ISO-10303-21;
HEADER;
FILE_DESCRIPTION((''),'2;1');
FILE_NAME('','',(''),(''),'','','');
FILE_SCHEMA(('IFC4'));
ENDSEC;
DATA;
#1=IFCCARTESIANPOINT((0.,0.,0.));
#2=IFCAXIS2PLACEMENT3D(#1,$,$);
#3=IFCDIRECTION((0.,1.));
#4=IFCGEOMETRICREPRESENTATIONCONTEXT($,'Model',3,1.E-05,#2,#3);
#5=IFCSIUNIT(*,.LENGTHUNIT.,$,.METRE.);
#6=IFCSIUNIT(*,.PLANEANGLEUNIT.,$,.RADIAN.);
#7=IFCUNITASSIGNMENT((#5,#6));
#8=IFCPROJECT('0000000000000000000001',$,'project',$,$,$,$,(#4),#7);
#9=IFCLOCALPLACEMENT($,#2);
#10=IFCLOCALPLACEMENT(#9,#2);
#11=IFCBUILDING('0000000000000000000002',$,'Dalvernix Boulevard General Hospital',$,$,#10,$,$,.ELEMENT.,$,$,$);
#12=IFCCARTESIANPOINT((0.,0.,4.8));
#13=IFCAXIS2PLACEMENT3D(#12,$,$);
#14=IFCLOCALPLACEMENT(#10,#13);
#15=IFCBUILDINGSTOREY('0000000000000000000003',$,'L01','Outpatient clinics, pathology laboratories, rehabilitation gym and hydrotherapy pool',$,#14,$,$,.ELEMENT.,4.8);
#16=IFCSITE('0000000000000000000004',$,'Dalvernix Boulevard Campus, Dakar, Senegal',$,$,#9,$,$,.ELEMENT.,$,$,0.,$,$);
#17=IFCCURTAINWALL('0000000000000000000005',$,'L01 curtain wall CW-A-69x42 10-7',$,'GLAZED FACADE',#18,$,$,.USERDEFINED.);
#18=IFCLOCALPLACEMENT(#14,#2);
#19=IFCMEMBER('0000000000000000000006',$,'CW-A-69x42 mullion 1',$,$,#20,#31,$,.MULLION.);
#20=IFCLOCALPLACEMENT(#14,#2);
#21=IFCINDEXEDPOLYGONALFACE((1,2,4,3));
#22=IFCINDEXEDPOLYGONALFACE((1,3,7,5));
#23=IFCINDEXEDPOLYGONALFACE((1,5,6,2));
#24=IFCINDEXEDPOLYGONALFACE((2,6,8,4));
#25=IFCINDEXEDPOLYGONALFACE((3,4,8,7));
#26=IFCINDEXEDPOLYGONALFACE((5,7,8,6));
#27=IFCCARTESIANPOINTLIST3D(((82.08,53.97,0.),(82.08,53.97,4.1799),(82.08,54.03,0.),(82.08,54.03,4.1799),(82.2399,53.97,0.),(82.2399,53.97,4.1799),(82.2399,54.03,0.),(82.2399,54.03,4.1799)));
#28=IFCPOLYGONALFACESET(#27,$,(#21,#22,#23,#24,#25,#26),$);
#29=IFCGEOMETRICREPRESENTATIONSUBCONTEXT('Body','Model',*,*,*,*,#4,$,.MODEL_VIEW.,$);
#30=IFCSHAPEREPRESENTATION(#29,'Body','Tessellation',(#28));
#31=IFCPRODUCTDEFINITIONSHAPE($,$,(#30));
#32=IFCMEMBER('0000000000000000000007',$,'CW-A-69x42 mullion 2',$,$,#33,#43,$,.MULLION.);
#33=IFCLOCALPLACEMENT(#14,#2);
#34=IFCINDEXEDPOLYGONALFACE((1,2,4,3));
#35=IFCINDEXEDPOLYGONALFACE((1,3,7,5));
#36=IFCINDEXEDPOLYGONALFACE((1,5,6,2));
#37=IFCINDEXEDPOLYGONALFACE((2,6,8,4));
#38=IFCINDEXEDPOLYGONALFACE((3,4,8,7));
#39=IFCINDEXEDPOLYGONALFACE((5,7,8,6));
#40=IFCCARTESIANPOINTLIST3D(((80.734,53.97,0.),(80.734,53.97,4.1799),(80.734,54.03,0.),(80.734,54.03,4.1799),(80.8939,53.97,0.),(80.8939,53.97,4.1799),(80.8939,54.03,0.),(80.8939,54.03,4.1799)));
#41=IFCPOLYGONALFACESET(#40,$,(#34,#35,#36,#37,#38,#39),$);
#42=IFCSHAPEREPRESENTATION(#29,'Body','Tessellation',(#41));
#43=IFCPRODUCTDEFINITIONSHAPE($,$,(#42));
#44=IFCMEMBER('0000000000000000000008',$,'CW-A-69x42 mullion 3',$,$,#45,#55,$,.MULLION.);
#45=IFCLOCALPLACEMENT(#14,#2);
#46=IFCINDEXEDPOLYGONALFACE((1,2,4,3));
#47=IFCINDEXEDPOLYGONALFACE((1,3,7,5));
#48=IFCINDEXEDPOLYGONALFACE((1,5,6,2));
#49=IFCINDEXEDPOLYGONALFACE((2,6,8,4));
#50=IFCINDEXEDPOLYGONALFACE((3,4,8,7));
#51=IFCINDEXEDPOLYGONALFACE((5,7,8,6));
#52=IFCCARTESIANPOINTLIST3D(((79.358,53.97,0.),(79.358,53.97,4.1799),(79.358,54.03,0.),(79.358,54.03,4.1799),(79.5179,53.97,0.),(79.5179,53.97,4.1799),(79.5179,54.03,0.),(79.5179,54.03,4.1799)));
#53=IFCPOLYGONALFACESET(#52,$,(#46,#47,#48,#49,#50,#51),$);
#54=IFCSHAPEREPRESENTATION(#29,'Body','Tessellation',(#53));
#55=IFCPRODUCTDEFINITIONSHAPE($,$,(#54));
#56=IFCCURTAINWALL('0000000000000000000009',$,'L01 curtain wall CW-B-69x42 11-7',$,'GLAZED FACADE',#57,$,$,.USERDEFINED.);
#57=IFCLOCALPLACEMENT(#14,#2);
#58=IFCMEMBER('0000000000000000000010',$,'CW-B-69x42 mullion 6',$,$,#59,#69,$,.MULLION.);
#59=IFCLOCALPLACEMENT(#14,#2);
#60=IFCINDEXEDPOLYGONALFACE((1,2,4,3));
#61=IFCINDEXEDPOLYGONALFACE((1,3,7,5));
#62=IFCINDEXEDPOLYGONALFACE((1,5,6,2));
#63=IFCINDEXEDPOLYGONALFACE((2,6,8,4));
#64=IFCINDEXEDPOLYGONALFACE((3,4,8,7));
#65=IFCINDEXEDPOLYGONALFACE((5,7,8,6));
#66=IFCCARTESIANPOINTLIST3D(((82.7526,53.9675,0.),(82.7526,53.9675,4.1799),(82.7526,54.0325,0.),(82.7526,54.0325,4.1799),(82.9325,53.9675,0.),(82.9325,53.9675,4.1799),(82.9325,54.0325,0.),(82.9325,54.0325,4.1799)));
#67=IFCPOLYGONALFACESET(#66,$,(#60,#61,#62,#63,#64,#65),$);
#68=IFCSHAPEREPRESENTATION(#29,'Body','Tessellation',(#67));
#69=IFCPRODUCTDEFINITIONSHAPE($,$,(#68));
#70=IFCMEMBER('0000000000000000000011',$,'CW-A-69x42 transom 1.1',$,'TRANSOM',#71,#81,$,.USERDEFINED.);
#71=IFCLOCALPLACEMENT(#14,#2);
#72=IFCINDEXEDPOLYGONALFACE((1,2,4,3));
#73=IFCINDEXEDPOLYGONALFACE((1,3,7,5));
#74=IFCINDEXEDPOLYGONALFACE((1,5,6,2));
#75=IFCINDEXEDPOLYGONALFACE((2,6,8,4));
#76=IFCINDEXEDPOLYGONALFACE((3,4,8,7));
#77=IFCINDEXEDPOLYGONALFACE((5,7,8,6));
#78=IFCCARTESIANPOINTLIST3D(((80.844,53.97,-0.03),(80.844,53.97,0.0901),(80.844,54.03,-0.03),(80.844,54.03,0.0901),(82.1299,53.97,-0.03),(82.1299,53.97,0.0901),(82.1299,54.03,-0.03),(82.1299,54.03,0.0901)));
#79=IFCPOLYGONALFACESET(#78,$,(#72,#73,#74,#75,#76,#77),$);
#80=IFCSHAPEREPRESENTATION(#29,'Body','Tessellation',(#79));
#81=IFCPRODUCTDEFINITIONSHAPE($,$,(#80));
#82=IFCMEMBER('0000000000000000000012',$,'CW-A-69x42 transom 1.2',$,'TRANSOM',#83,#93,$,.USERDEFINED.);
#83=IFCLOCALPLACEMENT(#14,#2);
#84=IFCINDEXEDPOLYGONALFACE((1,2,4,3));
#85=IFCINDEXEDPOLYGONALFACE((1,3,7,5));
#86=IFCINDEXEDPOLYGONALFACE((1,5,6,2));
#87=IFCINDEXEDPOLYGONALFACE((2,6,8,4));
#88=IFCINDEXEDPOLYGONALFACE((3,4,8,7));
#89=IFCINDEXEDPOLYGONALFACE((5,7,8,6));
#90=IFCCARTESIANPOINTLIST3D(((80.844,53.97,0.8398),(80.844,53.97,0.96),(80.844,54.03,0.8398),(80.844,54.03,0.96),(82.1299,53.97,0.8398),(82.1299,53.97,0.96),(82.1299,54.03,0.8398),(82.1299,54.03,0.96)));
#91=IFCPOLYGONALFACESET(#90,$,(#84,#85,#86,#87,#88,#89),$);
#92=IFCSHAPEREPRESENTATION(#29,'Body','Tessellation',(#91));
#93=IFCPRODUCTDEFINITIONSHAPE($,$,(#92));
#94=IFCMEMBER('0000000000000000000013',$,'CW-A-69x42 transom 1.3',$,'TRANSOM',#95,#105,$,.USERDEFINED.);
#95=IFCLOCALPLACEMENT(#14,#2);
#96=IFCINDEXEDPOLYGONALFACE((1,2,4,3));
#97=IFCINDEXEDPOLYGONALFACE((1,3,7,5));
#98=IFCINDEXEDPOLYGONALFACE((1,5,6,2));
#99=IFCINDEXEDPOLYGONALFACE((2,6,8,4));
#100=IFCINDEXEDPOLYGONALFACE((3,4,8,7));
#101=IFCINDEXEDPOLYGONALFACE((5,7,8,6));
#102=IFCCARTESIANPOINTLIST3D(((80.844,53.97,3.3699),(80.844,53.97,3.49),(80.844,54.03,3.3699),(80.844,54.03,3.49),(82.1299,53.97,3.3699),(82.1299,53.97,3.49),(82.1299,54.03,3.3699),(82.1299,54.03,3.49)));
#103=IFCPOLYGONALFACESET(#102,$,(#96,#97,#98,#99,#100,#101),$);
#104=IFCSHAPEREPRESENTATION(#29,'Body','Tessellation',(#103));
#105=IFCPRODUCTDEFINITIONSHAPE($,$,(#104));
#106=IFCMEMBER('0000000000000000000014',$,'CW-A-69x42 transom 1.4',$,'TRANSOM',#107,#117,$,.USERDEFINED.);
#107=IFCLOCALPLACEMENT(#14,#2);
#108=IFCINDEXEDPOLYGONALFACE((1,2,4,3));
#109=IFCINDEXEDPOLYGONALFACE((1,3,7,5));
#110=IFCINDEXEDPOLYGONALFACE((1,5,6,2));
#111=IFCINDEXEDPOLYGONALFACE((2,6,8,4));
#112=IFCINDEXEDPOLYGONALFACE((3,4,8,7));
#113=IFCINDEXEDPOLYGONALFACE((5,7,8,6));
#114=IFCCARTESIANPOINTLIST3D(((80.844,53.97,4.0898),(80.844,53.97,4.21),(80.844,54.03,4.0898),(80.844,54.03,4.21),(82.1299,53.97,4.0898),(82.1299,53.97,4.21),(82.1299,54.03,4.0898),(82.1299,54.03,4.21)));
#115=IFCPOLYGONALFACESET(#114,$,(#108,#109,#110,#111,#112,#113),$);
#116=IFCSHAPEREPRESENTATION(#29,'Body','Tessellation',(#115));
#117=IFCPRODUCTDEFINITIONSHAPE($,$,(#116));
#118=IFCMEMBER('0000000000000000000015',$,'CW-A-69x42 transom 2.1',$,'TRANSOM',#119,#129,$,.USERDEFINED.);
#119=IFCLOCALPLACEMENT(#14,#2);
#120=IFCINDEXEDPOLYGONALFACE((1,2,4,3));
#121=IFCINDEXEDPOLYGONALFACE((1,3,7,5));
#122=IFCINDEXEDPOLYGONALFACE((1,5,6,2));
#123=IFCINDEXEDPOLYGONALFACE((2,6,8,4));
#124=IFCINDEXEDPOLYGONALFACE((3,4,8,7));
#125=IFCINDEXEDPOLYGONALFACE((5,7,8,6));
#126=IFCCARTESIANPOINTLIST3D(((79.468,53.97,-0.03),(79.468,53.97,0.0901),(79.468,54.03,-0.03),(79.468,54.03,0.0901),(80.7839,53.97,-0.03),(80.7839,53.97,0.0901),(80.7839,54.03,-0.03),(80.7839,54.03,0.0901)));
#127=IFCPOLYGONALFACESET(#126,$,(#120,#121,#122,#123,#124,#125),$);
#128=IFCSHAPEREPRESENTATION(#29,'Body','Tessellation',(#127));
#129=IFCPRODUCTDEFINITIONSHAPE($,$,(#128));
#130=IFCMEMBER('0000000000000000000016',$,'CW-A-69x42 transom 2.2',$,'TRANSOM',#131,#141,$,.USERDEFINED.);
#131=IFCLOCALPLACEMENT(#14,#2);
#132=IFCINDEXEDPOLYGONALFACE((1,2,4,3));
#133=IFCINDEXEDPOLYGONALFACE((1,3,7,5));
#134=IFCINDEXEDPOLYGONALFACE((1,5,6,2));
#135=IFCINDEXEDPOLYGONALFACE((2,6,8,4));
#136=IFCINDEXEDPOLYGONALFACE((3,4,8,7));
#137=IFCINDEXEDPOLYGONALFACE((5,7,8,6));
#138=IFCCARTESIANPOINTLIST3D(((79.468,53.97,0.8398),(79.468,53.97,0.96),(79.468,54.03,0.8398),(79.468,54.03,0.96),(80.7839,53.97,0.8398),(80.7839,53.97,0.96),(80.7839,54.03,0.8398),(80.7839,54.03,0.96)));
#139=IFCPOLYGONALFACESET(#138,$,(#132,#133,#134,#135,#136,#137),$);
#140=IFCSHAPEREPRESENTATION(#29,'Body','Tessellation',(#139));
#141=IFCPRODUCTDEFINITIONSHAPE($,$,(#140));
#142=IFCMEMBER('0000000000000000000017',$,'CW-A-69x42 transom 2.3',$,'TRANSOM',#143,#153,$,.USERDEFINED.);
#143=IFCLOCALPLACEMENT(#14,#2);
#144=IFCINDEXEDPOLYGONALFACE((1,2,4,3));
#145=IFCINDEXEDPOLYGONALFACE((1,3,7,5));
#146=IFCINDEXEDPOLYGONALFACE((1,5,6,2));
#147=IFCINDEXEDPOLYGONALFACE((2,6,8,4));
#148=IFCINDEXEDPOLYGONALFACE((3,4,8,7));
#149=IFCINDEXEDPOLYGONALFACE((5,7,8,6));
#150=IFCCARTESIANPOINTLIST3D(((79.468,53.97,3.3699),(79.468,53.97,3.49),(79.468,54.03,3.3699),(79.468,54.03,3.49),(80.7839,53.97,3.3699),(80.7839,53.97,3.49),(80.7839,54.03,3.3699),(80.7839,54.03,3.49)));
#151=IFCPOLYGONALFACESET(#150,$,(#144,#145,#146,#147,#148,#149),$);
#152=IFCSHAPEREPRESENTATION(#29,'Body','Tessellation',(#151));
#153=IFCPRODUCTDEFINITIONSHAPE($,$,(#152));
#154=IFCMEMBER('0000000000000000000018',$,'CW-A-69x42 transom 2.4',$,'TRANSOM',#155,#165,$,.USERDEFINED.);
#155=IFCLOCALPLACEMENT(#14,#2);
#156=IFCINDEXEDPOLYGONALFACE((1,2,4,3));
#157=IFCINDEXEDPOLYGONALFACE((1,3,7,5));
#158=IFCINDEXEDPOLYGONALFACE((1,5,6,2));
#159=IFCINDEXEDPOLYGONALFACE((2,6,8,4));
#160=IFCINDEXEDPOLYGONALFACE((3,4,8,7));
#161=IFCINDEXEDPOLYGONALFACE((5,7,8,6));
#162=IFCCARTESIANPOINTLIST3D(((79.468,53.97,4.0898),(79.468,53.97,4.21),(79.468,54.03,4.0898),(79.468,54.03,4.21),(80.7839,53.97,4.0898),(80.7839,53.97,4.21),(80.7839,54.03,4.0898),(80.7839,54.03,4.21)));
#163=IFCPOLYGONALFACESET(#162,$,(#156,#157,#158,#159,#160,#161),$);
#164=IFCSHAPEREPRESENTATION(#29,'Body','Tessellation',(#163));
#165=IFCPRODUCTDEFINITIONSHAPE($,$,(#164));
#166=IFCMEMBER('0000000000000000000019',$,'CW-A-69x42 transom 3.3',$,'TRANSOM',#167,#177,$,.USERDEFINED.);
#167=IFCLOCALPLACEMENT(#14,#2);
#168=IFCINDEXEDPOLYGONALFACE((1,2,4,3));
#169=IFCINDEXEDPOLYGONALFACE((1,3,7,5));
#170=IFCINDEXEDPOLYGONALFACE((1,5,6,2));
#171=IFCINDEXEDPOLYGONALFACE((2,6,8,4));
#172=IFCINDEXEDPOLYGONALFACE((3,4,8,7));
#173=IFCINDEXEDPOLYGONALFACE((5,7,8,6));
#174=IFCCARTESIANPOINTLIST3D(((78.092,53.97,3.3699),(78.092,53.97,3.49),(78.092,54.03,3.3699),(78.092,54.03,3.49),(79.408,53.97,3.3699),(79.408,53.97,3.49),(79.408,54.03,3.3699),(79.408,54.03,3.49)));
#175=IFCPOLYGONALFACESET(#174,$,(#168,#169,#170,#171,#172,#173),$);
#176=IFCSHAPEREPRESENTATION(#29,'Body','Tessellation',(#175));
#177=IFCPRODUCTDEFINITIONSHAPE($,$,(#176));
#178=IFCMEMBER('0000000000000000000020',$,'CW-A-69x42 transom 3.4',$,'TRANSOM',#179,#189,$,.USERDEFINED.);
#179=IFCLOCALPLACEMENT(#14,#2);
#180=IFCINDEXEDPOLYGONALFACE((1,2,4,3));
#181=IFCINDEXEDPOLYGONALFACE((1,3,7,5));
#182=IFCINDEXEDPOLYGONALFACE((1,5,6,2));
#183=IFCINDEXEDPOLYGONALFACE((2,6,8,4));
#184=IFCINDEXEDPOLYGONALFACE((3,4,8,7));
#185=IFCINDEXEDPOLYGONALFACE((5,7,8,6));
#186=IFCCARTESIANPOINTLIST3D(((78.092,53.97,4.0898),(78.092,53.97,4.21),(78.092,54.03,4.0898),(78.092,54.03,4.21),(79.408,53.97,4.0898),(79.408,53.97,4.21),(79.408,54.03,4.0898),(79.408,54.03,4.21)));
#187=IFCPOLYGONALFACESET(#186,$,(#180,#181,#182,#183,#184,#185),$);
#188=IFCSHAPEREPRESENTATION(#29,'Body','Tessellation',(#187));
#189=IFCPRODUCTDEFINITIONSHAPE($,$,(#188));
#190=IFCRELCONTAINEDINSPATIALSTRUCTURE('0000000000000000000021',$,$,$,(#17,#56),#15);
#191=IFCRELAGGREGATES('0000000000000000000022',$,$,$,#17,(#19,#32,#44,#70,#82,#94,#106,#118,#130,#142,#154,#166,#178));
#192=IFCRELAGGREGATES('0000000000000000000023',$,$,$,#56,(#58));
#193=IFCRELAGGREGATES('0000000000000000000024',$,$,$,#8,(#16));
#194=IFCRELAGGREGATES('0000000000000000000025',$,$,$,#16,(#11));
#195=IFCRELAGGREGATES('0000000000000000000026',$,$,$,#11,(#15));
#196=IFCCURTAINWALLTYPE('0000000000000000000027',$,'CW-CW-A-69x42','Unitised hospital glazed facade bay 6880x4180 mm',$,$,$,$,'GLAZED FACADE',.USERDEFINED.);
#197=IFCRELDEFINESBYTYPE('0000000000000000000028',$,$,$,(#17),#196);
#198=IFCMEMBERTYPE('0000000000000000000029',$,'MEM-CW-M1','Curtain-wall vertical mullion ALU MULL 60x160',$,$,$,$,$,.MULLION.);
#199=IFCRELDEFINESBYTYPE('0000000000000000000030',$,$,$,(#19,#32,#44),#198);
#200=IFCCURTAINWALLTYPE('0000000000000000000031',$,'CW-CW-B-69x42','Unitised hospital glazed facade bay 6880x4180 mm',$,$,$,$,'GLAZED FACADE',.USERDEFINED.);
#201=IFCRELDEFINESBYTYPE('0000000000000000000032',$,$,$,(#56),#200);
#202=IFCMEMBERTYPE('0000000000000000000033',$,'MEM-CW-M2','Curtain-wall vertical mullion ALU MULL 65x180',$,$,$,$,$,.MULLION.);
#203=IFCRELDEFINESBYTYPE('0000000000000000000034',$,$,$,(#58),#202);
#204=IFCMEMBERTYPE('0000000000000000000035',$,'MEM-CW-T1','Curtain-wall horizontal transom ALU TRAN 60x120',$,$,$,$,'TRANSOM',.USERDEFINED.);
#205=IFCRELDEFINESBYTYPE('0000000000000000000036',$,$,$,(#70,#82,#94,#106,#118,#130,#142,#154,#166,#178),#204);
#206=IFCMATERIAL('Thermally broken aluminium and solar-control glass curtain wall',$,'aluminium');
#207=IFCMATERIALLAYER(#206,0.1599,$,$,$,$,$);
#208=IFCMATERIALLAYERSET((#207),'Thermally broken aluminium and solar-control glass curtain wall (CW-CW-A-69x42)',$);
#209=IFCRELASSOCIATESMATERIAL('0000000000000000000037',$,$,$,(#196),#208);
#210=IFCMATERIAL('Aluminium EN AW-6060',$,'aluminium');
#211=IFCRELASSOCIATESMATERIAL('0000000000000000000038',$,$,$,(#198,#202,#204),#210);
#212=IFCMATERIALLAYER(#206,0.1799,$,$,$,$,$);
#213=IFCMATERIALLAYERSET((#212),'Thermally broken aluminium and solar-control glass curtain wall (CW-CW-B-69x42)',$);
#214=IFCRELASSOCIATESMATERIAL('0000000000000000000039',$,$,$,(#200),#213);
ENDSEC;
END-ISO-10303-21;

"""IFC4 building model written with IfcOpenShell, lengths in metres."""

from ifc_helpers import new_model, si_unit, direction, frame, origin, origin_2d, place, context, subcontext, project, spatial, rectangle, extrude, material, layer, layer_set, material_profile, profile_set, type_object, element, aggregate, save


model = new_model("IFC4")

# Units and contexts
model_context = context("Model", 3, precision=1e-05, world=origin(), true_north=direction((0.0, 1.0)))
body_context = subcontext(model_context, "Body", "Model", "MODEL_VIEW")
ifc_project = project(units=[si_unit("LENGTHUNIT", "METRE"), si_unit("PLANEANGLEUNIT", "RADIAN")], contexts=[model_context])

# Site, building, storey
site_placement = place(None, origin())
site = spatial("IfcSite", under=ifc_project, at=site_placement, Name="Dalvernix Boulevard Campus, Dakar, Senegal", CompositionType="ELEMENT", RefElevation=0.0)
building_placement = place(site_placement, origin())
building = spatial("IfcBuilding", under=site, at=building_placement, Name="Dalvernix Boulevard General Hospital", CompositionType="ELEMENT")
storey_placement = place(building_placement, frame((0.0, 0.0, 4.8)))
storey = spatial("IfcBuildingStorey", under=building, at=storey_placement, Name="L01", Description="Outpatient clinics, pathology laboratories, rehabilitation gym and hydrotherapy pool", CompositionType="ELEMENT", Elevation=4.8)

# Curtain wall, members
ifc_material_1 = material(Name="Thermally broken aluminium and solar-control glass curtain wall", Category="aluminium")
ifc_layer_1 = layer(ifc_material_1, 0.1599)
ifc_layer_set_1 = layer_set([ifc_layer_1], Name="Thermally broken aluminium and solar-control glass curtain wall (CW-CW-A-69x42)")
curtain_wall_type_1 = type_object("IfcCurtainWallType", Name="CW-CW-A-69x42", Description="Unitised hospital glazed facade bay 6880x4180 mm", ElementType="GLAZED FACADE", PredefinedType="USERDEFINED", material=ifc_layer_set_1)
curtain_wall_1_placement = place(storey_placement, origin())
curtain_wall_1 = element("IfcCurtainWall", 1, at=curtain_wall_1_placement, inside=storey, type_object=curtain_wall_type_1, Name="L01 curtain wall CW-A-69x42 10-7", ObjectType="GLAZED FACADE", PredefinedType="USERDEFINED")
ifc_material_2 = material(Name="Aluminium EN AW-6060", Category="aluminium")
ifc_material_profile_1 = material_profile(ifc_material_2, rectangle(XDim=0.0601, YDim=0.1599, at=origin_2d()), Name="ALU MULL 60x160")
ifc_profile_set_1 = profile_set([ifc_material_profile_1], Name="Aluminium EN AW-6060")
member_type_1 = type_object("IfcMemberType", Name="MEM-CW-M1", Description="Curtain-wall vertical mullion ALU MULL 60x160", PredefinedType="MULLION", material=ifc_profile_set_1)
member_1_placement = place(storey_placement, frame((82.1599, 54.0, 0.0), z_axis=(0.0, 0.0, 1.0), x_axis=(0.0, -1.0, 0.0)))
member_1 = element("IfcMember", 2, at=member_1_placement, type_object=member_type_1, Name="CW-A-69x42 mullion 1", PredefinedType="MULLION", context=body_context, shape_type="SweptSolid", body=[
    extrude(rectangle(XDim=0.0601, YDim=0.1599, at=origin_2d()), origin(), (0.0, 0.0, 1.0), 4.1799),
])
member_2_placement = place(storey_placement, frame((80.814, 54.0, 0.0), z_axis=(0.0, 0.0, 1.0), x_axis=(0.0, -1.0, 0.0)))
member_2 = element("IfcMember", 3, at=member_2_placement, type_object=member_type_1, Name="CW-A-69x42 mullion 2", PredefinedType="MULLION", context=body_context, shape_type="SweptSolid", body=[
    extrude(rectangle(XDim=0.0601, YDim=0.1599, at=origin_2d()), origin(), (0.0, 0.0, 1.0), 4.1799),
])
member_3_placement = place(storey_placement, frame((79.438, 54.0, 0.0), z_axis=(0.0, 0.0, 1.0), x_axis=(0.0, -1.0, 0.0)))
member_3 = element("IfcMember", 4, at=member_3_placement, type_object=member_type_1, Name="CW-A-69x42 mullion 3", PredefinedType="MULLION", context=body_context, shape_type="SweptSolid", body=[
    extrude(rectangle(XDim=0.0601, YDim=0.1599, at=origin_2d()), origin(), (0.0, 0.0, 1.0), 4.1799),
])

# Curtain wall, member
ifc_layer_2 = layer(ifc_material_1, 0.1799)
ifc_layer_set_2 = layer_set([ifc_layer_2], Name="Thermally broken aluminium and solar-control glass curtain wall (CW-CW-B-69x42)")
curtain_wall_type_2 = type_object("IfcCurtainWallType", Name="CW-CW-B-69x42", Description="Unitised hospital glazed facade bay 6880x4180 mm", ElementType="GLAZED FACADE", PredefinedType="USERDEFINED", material=ifc_layer_set_2)
curtain_wall_2_placement = place(storey_placement, origin())
curtain_wall_2 = element("IfcCurtainWall", 5, at=curtain_wall_2_placement, inside=storey, type_object=curtain_wall_type_2, Name="L01 curtain wall CW-B-69x42 11-7", ObjectType="GLAZED FACADE", PredefinedType="USERDEFINED")
ifc_material_profile_2 = material_profile(ifc_material_2, rectangle(XDim=0.0649, YDim=0.1799, at=origin_2d()), Name="ALU MULL 65x180")
ifc_profile_set_2 = profile_set([ifc_material_profile_2], Name="Aluminium EN AW-6060")
member_type_2 = type_object("IfcMemberType", Name="MEM-CW-M2", Description="Curtain-wall vertical mullion ALU MULL 65x180", PredefinedType="MULLION", material=ifc_profile_set_2)
member_4_placement = place(storey_placement, frame((82.8425, 54.0, 0.0), z_axis=(0.0, 0.0, 1.0), x_axis=(0.0, -1.0, 0.0)))
member_4 = element("IfcMember", 6, at=member_4_placement, type_object=member_type_2, Name="CW-B-69x42 mullion 6", PredefinedType="MULLION", context=body_context, shape_type="SweptSolid", body=[
    extrude(rectangle(XDim=0.0649, YDim=0.1799, at=origin_2d()), origin(), (0.0, 0.0, 1.0), 4.1799),
])

# Members
ifc_material_profile_3 = material_profile(ifc_material_2, rectangle(XDim=0.0601, YDim=0.1201, at=origin_2d()), Name="ALU TRAN 60x120")
ifc_profile_set_3 = profile_set([ifc_material_profile_3], Name="Aluminium EN AW-6060")
member_type_3 = type_object("IfcMemberType", Name="MEM-CW-T1", Description="Curtain-wall horizontal transom ALU TRAN 60x120", ElementType="TRANSOM", PredefinedType="USERDEFINED", material=ifc_profile_set_3)
member_5_placement = place(storey_placement, frame((82.1299, 54.0, 0.03), z_axis=(-1.0, 0.0, 0.0), x_axis=(0.0, -1.0, 0.0)))
member_5 = element("IfcMember", 7, at=member_5_placement, type_object=member_type_3, Name="CW-A-69x42 transom 1.1", ObjectType="TRANSOM", PredefinedType="USERDEFINED", context=body_context, shape_type="SweptSolid", body=[
    extrude(rectangle(XDim=0.0601, YDim=0.1201, at=origin_2d()), origin(), (0.0, 0.0, 1.0), 1.2859),
])
member_6_placement = place(storey_placement, frame((82.1299, 54.0, 0.8999), z_axis=(-1.0, 0.0, 0.0), x_axis=(0.0, -1.0, 0.0)))
member_6 = element("IfcMember", 8, at=member_6_placement, type_object=member_type_3, Name="CW-A-69x42 transom 1.2", ObjectType="TRANSOM", PredefinedType="USERDEFINED", context=body_context, shape_type="SweptSolid", body=[
    extrude(rectangle(XDim=0.0601, YDim=0.1201, at=origin_2d()), origin(), (0.0, 0.0, 1.0), 1.2859),
])
member_7_placement = place(storey_placement, frame((82.1299, 54.0, 3.4299), z_axis=(-1.0, 0.0, 0.0), x_axis=(0.0, -1.0, 0.0)))
member_7 = element("IfcMember", 9, at=member_7_placement, type_object=member_type_3, Name="CW-A-69x42 transom 1.3", ObjectType="TRANSOM", PredefinedType="USERDEFINED", context=body_context, shape_type="SweptSolid", body=[
    extrude(rectangle(XDim=0.0601, YDim=0.1201, at=origin_2d()), origin(), (0.0, 0.0, 1.0), 1.2859),
])
member_8_placement = place(storey_placement, frame((82.1299, 54.0, 4.1499), z_axis=(-1.0, 0.0, 0.0), x_axis=(0.0, -1.0, 0.0)))
member_8 = element("IfcMember", 10, at=member_8_placement, type_object=member_type_3, Name="CW-A-69x42 transom 1.4", ObjectType="TRANSOM", PredefinedType="USERDEFINED", context=body_context, shape_type="SweptSolid", body=[
    extrude(rectangle(XDim=0.0601, YDim=0.1201, at=origin_2d()), origin(), (0.0, 0.0, 1.0), 1.2859),
])
member_9_placement = place(storey_placement, frame((80.7839, 54.0, 0.03), z_axis=(-1.0, 0.0, 0.0), x_axis=(0.0, -1.0, 0.0)))
member_9 = element("IfcMember", 11, at=member_9_placement, type_object=member_type_3, Name="CW-A-69x42 transom 2.1", ObjectType="TRANSOM", PredefinedType="USERDEFINED", context=body_context, shape_type="SweptSolid", body=[
    extrude(rectangle(XDim=0.0601, YDim=0.1201, at=origin_2d()), origin(), (0.0, 0.0, 1.0), 1.3159),
])
member_10_placement = place(storey_placement, frame((80.7839, 54.0, 0.8999), z_axis=(-1.0, 0.0, 0.0), x_axis=(0.0, -1.0, 0.0)))
member_10 = element("IfcMember", 12, at=member_10_placement, type_object=member_type_3, Name="CW-A-69x42 transom 2.2", ObjectType="TRANSOM", PredefinedType="USERDEFINED", context=body_context, shape_type="SweptSolid", body=[
    extrude(rectangle(XDim=0.0601, YDim=0.1201, at=origin_2d()), origin(), (0.0, 0.0, 1.0), 1.3159),
])
member_11_placement = place(storey_placement, frame((80.7839, 54.0, 3.4299), z_axis=(-1.0, 0.0, 0.0), x_axis=(0.0, -1.0, 0.0)))
member_11 = element("IfcMember", 13, at=member_11_placement, type_object=member_type_3, Name="CW-A-69x42 transom 2.3", ObjectType="TRANSOM", PredefinedType="USERDEFINED", context=body_context, shape_type="SweptSolid", body=[
    extrude(rectangle(XDim=0.0601, YDim=0.1201, at=origin_2d()), origin(), (0.0, 0.0, 1.0), 1.3159),
])
member_12_placement = place(storey_placement, frame((80.7839, 54.0, 4.1499), z_axis=(-1.0, 0.0, 0.0), x_axis=(0.0, -1.0, 0.0)))
member_12 = element("IfcMember", 14, at=member_12_placement, type_object=member_type_3, Name="CW-A-69x42 transom 2.4", ObjectType="TRANSOM", PredefinedType="USERDEFINED", context=body_context, shape_type="SweptSolid", body=[
    extrude(rectangle(XDim=0.0601, YDim=0.1201, at=origin_2d()), origin(), (0.0, 0.0, 1.0), 1.3159),
])
member_13_placement = place(storey_placement, frame((79.408, 54.0, 3.4299), z_axis=(-1.0, 0.0, 0.0), x_axis=(0.0, -1.0, 0.0)))
member_13 = element("IfcMember", 15, at=member_13_placement, type_object=member_type_3, Name="CW-A-69x42 transom 3.3", ObjectType="TRANSOM", PredefinedType="USERDEFINED", context=body_context, shape_type="SweptSolid", body=[
    extrude(rectangle(XDim=0.0601, YDim=0.1201, at=origin_2d()), origin(), (0.0, 0.0, 1.0), 1.3159),
])
member_14_placement = place(storey_placement, frame((79.408, 54.0, 4.1499), z_axis=(-1.0, 0.0, 0.0), x_axis=(0.0, -1.0, 0.0)))
member_14 = element("IfcMember", 16, at=member_14_placement, type_object=member_type_3, Name="CW-A-69x42 transom 3.4", ObjectType="TRANSOM", PredefinedType="USERDEFINED", context=body_context, shape_type="SweptSolid", body=[
    extrude(rectangle(XDim=0.0601, YDim=0.1201, at=origin_2d()), origin(), (0.0, 0.0, 1.0), 1.3159),
])

aggregate(curtain_wall_1, [member_1, member_2, member_3, member_5, member_6, member_7, member_8, member_9, member_10, member_11, member_12, member_13, member_14])
aggregate(curtain_wall_2, [member_4])

save(model, "model.ifc")
